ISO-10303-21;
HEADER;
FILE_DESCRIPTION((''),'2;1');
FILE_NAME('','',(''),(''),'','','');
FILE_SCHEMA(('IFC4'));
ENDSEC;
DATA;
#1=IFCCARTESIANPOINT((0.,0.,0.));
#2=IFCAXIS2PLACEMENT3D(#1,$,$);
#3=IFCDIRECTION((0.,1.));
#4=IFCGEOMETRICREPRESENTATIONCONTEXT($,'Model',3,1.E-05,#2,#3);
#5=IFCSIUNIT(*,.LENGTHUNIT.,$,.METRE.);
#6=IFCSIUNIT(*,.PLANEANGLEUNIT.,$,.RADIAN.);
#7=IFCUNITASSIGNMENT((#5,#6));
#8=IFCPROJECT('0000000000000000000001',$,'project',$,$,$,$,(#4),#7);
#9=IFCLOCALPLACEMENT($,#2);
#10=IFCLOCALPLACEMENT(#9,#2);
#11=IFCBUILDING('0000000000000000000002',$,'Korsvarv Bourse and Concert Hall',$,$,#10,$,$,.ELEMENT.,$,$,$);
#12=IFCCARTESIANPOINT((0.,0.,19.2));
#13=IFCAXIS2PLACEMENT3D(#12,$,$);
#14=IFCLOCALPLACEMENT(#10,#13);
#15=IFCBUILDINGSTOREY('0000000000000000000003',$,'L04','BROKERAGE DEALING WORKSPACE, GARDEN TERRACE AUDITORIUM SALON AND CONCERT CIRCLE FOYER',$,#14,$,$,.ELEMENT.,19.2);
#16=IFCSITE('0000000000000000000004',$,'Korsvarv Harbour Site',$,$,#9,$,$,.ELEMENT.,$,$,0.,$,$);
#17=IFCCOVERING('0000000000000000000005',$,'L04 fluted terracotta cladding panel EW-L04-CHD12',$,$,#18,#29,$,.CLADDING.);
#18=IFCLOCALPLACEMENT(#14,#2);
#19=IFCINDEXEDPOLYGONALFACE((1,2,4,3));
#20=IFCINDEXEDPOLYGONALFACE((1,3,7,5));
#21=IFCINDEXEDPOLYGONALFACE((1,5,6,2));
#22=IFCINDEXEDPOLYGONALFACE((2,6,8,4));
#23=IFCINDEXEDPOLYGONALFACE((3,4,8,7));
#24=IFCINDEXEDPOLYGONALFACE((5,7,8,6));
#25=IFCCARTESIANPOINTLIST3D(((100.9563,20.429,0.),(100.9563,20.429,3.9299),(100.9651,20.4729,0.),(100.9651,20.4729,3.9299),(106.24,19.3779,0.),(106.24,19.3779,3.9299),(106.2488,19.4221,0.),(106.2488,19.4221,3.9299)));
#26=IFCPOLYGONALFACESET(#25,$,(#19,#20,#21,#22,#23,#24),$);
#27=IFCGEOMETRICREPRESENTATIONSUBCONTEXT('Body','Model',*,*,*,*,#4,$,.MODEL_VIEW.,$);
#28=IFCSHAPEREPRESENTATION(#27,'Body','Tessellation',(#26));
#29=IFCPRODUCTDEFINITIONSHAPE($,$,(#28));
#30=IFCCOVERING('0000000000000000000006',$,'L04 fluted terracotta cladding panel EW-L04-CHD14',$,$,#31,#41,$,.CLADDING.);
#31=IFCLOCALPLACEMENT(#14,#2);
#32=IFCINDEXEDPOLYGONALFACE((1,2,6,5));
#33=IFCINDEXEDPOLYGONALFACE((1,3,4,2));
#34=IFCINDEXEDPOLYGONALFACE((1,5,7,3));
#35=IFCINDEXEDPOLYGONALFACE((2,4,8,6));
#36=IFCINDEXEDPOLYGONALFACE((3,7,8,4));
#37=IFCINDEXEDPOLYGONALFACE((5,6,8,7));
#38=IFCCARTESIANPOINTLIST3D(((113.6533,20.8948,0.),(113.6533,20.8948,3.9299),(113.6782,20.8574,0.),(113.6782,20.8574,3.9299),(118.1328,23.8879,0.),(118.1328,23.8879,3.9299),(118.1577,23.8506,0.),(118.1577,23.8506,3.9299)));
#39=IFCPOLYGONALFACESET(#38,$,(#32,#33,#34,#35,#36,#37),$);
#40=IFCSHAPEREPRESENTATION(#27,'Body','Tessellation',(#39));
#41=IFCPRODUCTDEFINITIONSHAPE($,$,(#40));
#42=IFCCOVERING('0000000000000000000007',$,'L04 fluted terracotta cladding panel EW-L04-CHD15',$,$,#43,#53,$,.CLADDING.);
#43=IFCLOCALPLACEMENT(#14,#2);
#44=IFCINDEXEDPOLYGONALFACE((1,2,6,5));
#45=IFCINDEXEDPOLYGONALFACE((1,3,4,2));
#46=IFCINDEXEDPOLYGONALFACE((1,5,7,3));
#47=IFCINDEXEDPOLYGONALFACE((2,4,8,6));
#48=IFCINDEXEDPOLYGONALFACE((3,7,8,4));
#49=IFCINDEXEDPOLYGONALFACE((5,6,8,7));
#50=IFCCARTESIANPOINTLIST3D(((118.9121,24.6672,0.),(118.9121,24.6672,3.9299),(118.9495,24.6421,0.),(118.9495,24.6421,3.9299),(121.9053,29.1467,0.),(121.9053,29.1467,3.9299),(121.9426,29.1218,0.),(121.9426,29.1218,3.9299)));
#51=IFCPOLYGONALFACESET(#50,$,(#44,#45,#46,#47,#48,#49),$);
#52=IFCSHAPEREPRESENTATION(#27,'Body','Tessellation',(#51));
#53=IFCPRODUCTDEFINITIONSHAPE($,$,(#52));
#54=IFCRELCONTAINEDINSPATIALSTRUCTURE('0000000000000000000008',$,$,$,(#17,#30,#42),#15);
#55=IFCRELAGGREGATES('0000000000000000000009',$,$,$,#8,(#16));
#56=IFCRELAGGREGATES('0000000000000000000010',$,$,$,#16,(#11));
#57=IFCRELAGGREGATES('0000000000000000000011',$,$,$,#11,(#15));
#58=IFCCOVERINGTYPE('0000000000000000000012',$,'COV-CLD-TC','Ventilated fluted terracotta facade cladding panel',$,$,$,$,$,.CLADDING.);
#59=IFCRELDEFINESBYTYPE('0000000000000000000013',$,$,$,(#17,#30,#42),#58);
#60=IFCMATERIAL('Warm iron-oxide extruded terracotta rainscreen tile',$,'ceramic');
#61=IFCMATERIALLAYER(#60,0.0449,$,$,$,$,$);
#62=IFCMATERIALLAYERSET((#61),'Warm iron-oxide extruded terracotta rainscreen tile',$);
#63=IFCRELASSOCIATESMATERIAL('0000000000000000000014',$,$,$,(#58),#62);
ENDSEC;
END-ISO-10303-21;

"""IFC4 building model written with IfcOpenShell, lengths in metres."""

from ifc_helpers import new_model, si_unit, direction, frame, origin, place, context, subcontext, project, spatial, polyline, outline, extrude, material, layer, layer_set, type_object, element, save


model = new_model("IFC4")

# Units and contexts
model_context = context("Model", 3, precision=1e-05, world=origin(), true_north=direction((0.0, 1.0)))
body_context = subcontext(model_context, "Body", "Model", "MODEL_VIEW")
ifc_project = project(units=[si_unit("LENGTHUNIT", "METRE"), si_unit("PLANEANGLEUNIT", "RADIAN")], contexts=[model_context])

# Site, building, storey
site_placement = place(None, origin())
site = spatial("IfcSite", under=ifc_project, at=site_placement, Name="Korsvarv Harbour Site", CompositionType="ELEMENT", RefElevation=0.0)
building_placement = place(site_placement, origin())
building = spatial("IfcBuilding", under=site, at=building_placement, Name="Korsvarv Bourse and Concert Hall", CompositionType="ELEMENT")
storey_placement = place(building_placement, frame((0.0, 0.0, 19.2)))
storey = spatial("IfcBuildingStorey", under=building, at=storey_placement, Name="L04", Description="BROKERAGE DEALING WORKSPACE, GARDEN TERRACE AUDITORIUM SALON AND CONCERT CIRCLE FOYER", CompositionType="ELEMENT", Elevation=19.2)

# Coverings
ifc_material_1 = material(Name="Warm iron-oxide extruded terracotta rainscreen tile", Category="ceramic")
ifc_layer_1 = layer(ifc_material_1, 0.0449)
ifc_layer_set_1 = layer_set([ifc_layer_1], Name="Warm iron-oxide extruded terracotta rainscreen tile")
covering_type = type_object("IfcCoveringType", Name="COV-CLD-TC", Description="Ventilated fluted terracotta facade cladding panel", PredefinedType="CLADDING", material=ifc_layer_set_1)
covering_1_placement = place(storey_placement, origin())
element("IfcCovering", 1, at=covering_1_placement, inside=storey, type_object=covering_type, Name="L04 fluted terracotta cladding panel EW-L04-CHD12", PredefinedType="CLADDING", context=body_context, shape_type="SweptSolid", body=[
    extrude(outline(polyline([(100.9651, 20.4729), (106.2488, 19.4221), (106.24, 19.3779), (100.9563, 20.429), (100.9651, 20.4729)])), origin(), (0.0, 0.0, 1.0), 3.9299),
])
covering_2_placement = place(storey_placement, origin())
element("IfcCovering", 2, at=covering_2_placement, inside=storey, type_object=covering_type, Name="L04 fluted terracotta cladding panel EW-L04-CHD14", PredefinedType="CLADDING", context=body_context, shape_type="SweptSolid", body=[
    extrude(outline(polyline([(113.6533, 20.8948), (118.1328, 23.8879), (118.1577, 23.8506), (113.6782, 20.8574), (113.6533, 20.8948)])), origin(), (0.0, 0.0, 1.0), 3.9299),
])
covering_3_placement = place(storey_placement, origin())
element("IfcCovering", 3, at=covering_3_placement, inside=storey, type_object=covering_type, Name="L04 fluted terracotta cladding panel EW-L04-CHD15", PredefinedType="CLADDING", context=body_context, shape_type="SweptSolid", body=[
    extrude(outline(polyline([(118.9121, 24.6672), (121.9053, 29.1467), (121.9426, 29.1218), (118.9495, 24.6421), (118.9121, 24.6672)])), origin(), (0.0, 0.0, 1.0), 3.9299),
])

save(model, "model.ifc")
